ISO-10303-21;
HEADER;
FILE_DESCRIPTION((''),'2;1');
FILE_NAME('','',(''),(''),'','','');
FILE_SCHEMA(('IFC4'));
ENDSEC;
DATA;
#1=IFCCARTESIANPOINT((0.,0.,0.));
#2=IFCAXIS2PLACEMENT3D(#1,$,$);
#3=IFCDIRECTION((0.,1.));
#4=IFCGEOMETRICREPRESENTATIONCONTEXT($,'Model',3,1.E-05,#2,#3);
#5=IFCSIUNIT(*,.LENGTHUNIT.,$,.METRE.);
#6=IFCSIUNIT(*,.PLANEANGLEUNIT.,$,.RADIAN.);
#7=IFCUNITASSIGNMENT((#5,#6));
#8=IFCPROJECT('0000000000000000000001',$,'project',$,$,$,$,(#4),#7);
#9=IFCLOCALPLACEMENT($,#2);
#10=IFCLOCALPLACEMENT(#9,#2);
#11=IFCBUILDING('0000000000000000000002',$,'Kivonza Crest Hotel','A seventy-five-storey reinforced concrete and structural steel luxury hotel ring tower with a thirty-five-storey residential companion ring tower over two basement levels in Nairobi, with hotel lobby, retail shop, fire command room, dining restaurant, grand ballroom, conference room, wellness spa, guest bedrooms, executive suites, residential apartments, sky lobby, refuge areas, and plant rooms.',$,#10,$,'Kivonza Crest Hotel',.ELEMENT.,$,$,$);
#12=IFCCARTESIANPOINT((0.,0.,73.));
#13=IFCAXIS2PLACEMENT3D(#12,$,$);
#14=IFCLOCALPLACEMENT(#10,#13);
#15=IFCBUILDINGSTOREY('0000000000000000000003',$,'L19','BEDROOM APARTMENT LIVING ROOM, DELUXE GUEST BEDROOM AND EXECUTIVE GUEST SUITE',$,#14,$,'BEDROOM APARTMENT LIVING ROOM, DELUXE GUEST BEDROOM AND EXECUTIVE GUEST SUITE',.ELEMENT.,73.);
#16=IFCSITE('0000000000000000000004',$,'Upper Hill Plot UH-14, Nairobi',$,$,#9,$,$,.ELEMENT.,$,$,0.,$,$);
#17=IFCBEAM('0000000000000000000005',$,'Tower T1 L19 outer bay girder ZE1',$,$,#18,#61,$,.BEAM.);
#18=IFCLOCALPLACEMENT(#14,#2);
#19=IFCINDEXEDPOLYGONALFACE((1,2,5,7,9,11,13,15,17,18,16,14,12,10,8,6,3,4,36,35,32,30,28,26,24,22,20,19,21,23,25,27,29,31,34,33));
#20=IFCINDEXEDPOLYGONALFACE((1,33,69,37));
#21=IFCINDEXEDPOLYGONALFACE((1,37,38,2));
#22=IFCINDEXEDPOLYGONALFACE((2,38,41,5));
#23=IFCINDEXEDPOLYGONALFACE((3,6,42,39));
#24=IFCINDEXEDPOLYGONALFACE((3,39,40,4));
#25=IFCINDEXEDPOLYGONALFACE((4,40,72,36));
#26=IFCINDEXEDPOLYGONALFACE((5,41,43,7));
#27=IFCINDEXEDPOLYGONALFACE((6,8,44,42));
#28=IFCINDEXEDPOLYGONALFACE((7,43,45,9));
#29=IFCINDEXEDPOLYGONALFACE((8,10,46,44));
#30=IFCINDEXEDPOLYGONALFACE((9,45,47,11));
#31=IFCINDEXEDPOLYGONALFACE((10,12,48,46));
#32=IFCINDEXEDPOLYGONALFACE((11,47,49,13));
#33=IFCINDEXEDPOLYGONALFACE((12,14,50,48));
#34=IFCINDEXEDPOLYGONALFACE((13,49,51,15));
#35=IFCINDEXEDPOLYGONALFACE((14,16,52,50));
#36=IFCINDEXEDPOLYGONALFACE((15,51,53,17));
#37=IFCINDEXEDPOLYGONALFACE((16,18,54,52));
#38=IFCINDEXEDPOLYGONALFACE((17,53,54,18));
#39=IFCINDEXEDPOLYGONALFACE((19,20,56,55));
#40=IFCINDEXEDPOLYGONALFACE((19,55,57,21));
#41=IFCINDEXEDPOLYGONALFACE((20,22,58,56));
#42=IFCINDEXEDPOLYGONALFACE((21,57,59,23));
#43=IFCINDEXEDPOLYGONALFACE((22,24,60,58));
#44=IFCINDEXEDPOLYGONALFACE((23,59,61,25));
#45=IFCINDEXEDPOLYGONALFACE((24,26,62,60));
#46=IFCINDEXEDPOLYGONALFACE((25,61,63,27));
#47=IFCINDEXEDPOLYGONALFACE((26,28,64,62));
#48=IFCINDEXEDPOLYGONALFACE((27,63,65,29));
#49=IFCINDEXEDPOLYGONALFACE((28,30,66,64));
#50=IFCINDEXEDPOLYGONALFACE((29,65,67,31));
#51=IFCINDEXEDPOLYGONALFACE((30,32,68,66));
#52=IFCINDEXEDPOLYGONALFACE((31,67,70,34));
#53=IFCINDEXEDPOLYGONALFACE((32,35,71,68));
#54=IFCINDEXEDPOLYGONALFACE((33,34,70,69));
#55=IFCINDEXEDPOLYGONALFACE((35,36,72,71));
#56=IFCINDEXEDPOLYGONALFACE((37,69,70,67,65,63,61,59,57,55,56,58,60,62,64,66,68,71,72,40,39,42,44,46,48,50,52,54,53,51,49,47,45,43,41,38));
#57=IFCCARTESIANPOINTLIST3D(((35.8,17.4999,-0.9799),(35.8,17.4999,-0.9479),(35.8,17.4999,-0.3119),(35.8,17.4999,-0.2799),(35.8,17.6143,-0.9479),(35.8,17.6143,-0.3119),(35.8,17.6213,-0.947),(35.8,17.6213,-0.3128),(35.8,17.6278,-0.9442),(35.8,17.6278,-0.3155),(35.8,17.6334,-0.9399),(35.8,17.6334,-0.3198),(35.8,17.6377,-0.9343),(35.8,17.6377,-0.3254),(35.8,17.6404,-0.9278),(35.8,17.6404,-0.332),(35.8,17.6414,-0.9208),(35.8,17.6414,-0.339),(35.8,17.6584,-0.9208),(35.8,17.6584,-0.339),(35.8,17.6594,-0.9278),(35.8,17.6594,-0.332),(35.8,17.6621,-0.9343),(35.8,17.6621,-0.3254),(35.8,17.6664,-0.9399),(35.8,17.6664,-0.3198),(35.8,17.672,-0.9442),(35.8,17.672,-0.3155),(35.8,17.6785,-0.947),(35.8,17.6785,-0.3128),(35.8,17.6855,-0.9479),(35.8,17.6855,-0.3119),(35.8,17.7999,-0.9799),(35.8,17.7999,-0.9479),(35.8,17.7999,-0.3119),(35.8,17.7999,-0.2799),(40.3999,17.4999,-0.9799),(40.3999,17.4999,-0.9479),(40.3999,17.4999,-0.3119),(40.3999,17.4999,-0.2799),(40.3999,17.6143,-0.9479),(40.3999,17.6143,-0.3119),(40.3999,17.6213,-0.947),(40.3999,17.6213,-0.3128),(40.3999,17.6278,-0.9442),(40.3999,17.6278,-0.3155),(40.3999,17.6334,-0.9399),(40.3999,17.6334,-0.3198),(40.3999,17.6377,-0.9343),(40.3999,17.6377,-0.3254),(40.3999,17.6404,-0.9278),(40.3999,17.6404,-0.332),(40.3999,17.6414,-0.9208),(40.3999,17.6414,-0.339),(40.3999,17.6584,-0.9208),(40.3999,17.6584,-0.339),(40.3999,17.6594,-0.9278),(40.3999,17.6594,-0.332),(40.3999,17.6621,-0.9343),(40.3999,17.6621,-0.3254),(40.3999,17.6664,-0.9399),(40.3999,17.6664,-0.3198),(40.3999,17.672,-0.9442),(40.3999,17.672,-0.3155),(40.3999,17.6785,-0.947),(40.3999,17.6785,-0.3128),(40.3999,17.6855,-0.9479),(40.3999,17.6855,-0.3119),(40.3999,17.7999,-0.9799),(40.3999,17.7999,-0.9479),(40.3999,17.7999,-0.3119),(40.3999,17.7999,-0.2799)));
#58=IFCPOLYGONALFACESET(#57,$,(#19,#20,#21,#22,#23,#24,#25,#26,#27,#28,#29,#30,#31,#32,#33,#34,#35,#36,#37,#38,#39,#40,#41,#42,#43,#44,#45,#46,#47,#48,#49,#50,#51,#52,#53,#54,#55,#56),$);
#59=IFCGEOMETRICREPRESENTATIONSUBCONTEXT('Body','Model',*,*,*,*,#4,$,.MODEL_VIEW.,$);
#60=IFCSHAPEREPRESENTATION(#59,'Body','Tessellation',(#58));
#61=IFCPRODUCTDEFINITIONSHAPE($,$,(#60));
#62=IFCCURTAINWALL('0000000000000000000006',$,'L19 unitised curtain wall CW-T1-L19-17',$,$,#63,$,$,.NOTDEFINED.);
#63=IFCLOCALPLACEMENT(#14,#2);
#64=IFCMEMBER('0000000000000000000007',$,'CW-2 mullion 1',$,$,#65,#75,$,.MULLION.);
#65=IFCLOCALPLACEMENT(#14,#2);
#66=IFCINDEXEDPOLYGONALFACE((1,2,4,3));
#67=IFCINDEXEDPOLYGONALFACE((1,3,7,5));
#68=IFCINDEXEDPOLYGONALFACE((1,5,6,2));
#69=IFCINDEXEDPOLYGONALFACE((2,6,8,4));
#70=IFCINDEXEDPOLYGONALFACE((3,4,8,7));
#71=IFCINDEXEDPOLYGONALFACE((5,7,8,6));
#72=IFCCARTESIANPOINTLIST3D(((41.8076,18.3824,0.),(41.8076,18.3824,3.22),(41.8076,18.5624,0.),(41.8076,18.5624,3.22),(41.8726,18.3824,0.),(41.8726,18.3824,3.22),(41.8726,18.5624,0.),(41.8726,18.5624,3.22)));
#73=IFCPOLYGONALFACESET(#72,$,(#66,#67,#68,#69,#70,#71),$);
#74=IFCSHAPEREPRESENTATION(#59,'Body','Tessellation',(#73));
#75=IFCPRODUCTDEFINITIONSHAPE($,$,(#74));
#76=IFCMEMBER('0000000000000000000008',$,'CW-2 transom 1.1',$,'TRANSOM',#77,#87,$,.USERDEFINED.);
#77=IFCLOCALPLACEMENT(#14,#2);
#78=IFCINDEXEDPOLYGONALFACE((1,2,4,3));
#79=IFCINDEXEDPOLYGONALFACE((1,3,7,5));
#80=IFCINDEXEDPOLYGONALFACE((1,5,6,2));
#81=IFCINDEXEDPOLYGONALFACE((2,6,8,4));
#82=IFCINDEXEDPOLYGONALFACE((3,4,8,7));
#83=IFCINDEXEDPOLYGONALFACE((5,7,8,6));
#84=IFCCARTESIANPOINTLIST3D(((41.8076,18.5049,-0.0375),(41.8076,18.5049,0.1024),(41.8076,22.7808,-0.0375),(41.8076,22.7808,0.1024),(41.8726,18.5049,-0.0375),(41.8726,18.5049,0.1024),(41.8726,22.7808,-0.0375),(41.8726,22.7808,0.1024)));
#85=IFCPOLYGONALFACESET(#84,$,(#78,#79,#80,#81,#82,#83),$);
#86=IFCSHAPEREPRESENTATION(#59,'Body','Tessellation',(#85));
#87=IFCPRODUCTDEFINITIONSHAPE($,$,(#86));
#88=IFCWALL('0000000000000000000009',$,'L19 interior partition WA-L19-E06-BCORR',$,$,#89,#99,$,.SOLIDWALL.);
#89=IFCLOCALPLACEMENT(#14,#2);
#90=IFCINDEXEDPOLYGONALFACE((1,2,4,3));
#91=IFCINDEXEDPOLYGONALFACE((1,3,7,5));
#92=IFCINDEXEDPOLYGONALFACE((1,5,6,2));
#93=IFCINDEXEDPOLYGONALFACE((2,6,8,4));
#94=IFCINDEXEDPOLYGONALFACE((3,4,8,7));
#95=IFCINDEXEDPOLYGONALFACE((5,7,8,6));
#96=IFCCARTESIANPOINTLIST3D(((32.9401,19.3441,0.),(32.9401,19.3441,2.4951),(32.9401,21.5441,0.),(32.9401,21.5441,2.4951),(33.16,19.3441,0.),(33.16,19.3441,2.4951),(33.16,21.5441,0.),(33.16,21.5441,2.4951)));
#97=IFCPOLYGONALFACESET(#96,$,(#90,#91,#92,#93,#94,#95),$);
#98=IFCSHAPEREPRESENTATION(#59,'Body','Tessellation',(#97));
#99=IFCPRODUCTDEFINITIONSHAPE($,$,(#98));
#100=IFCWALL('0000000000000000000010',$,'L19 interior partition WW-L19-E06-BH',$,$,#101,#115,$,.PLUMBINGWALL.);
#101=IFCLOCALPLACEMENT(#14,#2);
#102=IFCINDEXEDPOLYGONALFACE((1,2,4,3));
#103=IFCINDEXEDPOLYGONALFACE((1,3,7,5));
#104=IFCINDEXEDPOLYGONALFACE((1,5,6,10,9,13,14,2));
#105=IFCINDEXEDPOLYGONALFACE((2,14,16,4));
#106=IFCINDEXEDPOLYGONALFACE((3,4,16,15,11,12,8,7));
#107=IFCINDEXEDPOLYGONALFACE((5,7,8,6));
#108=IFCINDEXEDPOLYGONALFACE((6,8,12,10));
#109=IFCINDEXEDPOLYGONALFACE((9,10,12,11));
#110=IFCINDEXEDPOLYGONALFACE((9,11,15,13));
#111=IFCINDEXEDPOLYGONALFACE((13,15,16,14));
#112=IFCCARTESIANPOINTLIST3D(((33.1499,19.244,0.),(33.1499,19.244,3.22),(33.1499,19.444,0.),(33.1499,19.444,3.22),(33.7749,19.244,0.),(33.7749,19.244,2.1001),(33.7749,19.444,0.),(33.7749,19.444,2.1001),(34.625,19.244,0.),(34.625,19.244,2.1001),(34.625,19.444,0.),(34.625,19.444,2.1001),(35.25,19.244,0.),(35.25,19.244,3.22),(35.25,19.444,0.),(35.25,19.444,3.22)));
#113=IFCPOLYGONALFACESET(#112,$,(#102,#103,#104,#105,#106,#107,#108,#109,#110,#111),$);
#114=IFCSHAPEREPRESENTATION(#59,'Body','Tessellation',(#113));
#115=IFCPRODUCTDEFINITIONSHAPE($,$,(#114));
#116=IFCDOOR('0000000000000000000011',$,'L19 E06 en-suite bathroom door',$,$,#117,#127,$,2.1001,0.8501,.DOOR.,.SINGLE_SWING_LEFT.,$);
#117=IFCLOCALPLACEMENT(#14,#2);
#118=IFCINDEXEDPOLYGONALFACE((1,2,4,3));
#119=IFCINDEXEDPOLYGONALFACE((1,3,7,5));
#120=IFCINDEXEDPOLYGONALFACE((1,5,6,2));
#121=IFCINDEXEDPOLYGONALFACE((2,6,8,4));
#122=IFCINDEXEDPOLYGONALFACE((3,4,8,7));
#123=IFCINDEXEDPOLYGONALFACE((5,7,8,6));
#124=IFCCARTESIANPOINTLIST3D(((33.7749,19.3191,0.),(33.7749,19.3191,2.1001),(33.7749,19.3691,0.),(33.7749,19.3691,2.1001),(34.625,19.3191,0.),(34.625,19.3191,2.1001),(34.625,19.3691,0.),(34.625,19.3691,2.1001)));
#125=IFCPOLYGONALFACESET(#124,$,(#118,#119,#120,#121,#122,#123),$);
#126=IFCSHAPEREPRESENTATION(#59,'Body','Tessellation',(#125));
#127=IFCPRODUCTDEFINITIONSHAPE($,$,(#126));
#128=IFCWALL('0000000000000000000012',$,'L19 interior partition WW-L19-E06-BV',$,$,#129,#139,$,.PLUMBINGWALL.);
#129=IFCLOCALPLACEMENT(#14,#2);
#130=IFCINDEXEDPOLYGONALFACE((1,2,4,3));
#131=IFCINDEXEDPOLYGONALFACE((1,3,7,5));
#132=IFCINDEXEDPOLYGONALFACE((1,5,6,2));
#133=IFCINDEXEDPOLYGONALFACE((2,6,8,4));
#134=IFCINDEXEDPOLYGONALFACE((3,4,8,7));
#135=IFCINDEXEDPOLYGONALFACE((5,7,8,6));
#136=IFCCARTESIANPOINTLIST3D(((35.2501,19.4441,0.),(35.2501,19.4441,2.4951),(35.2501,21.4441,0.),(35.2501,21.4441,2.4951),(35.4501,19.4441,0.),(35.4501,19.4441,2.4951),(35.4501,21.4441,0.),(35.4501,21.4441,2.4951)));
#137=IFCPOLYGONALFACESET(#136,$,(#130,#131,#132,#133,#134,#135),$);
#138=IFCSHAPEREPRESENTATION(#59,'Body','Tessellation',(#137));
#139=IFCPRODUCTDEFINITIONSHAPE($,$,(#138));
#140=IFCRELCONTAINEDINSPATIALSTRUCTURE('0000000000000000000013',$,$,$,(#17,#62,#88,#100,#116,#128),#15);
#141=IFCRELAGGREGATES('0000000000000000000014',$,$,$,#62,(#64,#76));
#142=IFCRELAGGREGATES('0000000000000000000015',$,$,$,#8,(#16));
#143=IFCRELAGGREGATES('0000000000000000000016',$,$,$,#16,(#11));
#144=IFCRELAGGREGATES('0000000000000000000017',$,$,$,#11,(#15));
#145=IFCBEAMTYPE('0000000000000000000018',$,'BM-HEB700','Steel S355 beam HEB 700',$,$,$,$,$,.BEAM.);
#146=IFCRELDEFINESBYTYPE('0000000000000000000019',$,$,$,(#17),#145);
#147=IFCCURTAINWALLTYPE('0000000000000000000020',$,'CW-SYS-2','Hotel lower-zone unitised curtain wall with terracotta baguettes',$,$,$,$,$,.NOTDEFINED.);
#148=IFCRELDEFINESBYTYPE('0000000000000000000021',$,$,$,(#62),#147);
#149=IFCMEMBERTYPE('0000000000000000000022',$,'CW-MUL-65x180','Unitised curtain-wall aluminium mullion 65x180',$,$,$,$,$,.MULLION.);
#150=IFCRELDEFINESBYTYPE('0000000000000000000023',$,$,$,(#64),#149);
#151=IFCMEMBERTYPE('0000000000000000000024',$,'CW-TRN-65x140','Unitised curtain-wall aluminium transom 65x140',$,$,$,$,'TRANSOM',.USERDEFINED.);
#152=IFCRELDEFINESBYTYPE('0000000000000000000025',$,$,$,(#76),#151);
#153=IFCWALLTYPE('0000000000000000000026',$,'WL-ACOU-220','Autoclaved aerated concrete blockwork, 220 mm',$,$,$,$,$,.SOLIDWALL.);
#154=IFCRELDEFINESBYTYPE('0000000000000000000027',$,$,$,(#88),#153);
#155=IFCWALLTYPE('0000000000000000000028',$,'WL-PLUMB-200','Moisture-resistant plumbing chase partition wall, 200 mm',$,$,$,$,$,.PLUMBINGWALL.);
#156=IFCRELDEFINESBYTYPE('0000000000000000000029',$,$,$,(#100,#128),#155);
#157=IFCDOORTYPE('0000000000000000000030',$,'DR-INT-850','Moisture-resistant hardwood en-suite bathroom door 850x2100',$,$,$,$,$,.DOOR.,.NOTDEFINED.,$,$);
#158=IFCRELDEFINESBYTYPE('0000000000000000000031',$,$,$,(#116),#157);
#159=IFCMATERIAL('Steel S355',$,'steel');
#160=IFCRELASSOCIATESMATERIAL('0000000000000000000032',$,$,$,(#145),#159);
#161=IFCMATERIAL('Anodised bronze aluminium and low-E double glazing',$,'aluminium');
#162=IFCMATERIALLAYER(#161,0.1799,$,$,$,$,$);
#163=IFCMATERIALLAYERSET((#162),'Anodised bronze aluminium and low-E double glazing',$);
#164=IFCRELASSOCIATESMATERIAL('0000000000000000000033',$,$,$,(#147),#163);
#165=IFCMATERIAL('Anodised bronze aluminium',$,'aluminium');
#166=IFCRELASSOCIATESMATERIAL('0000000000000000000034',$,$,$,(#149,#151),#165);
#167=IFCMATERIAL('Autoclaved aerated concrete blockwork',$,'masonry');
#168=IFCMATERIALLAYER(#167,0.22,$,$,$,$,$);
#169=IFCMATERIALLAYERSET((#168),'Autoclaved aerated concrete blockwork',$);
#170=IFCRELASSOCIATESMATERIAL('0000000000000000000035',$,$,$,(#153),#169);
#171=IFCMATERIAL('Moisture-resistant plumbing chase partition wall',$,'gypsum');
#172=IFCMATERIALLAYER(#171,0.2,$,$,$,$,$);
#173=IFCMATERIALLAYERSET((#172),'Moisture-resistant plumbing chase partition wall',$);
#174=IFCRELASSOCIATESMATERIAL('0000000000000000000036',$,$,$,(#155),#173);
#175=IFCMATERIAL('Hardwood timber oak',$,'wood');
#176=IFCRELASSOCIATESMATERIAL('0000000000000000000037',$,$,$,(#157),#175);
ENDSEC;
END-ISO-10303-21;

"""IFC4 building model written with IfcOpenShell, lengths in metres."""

from ifc_helpers import new_model, si_unit, direction, frame, frame_2d, origin, origin_2d, place, context, subcontext, project, spatial, rectangle, i_section, extrude, material, layer, layer_set, material_profile, profile_set, type_object, element, fill, aggregate, save


model = new_model("IFC4")

# Units and contexts
model_context = context("Model", 3, precision=1e-05, world=origin(), true_north=direction((0.0, 1.0)))
body_context = subcontext(model_context, "Body", "Model", "MODEL_VIEW")
ifc_project = project(units=[si_unit("LENGTHUNIT", "METRE"), si_unit("PLANEANGLEUNIT", "RADIAN")], contexts=[model_context])

# Site, building, storey
site_placement = place(None, origin())
site = spatial("IfcSite", under=ifc_project, at=site_placement, Name="Upper Hill Plot UH-14, Nairobi", CompositionType="ELEMENT", RefElevation=0.0)
building_placement = place(site_placement, origin())
building = spatial("IfcBuilding", under=site, at=building_placement, Name="Kivonza Crest Hotel", Description="A seventy-five-storey reinforced concrete and structural steel luxury hotel ring tower with a thirty-five-storey residential companion ring tower over two basement levels in Nairobi, with hotel lobby, retail shop, fire command room, dining restaurant, grand ballroom, conference room, wellness spa, guest bedrooms, executive suites, residential apartments, sky lobby, refuge areas, and plant rooms.", LongName="Kivonza Crest Hotel", CompositionType="ELEMENT")
storey_placement = place(building_placement, frame((0.0, 0.0, 73.0)))
storey = spatial("IfcBuildingStorey", under=building, at=storey_placement, Name="L19", Description="BEDROOM APARTMENT LIVING ROOM, DELUXE GUEST BEDROOM AND EXECUTIVE GUEST SUITE", LongName="BEDROOM APARTMENT LIVING ROOM, DELUXE GUEST BEDROOM AND EXECUTIVE GUEST SUITE", CompositionType="ELEMENT", Elevation=73.0)

# Beam
ifc_material_1 = material(Name="Steel S355", Category="steel")
ifc_material_profile_1 = material_profile(ifc_material_1, i_section(OverallWidth=0.3, OverallDepth=0.7, WebThickness=0.0171, FlangeThickness=0.032, FilletRadius=0.0271, at=origin_2d()), Name="HEB 700")
ifc_profile_set_1 = profile_set([ifc_material_profile_1], Name="Steel S355")
beam_type_1 = type_object("IfcBeamType", Name="BM-HEB700", Description="Steel S355 beam HEB 700", PredefinedType="BEAM", material=ifc_profile_set_1)
beam_1_placement = place(storey_placement, frame((40.3999, 17.6499, -0.6299), z_axis=(-1.0, 0.0, 0.0), x_axis=(0.0, -1.0, 0.0)))
element("IfcBeam", 1, at=beam_1_placement, inside=storey, type_object=beam_type_1, Name="Tower T1 L19 outer bay girder ZE1", PredefinedType="BEAM", context=body_context, shape_type="SweptSolid", body=[
    extrude(i_section(OverallWidth=0.3, OverallDepth=0.7, WebThickness=0.0171, FlangeThickness=0.032, FilletRadius=0.0271, at=origin_2d()), origin(), (0.0, 0.0, 1.0), 4.5999),
])

# Curtain wall, members
ifc_material_2 = material(Name="Anodised bronze aluminium and low-E double glazing", Category="aluminium")
ifc_layer_1 = layer(ifc_material_2, 0.1799)
ifc_layer_set_1 = layer_set([ifc_layer_1], Name="Anodised bronze aluminium and low-E double glazing")
curtain_wall_type = type_object("IfcCurtainWallType", Name="CW-SYS-2", Description="Hotel lower-zone unitised curtain wall with terracotta baguettes", PredefinedType="NOTDEFINED", material=ifc_layer_set_1)
curtain_wall_placement = place(storey_placement, origin())
curtain_wall = element("IfcCurtainWall", 2, at=curtain_wall_placement, inside=storey, type_object=curtain_wall_type, Name="L19 unitised curtain wall CW-T1-L19-17", PredefinedType="NOTDEFINED")
ifc_material_3 = material(Name="Anodised bronze aluminium", Category="aluminium")
ifc_material_profile_2 = material_profile(ifc_material_3, rectangle(XDim=0.0649, YDim=0.1799, at=origin_2d()), Name="CW-M 65x180")
ifc_profile_set_2 = profile_set([ifc_material_profile_2], Name="Anodised bronze aluminium")
member_type_1 = type_object("IfcMemberType", Name="CW-MUL-65x180", Description="Unitised curtain-wall aluminium mullion 65x180", PredefinedType="MULLION", material=ifc_profile_set_2)
member_1_placement = place(storey_placement, frame((41.8401, 18.4724, 0.0), z_axis=(0.0, 0.0, 1.0), x_axis=(-1.0, 0.0, 0.0)))
member_1 = element("IfcMember", 3, at=member_1_placement, type_object=member_type_1, Name="CW-2 mullion 1", PredefinedType="MULLION", context=body_context, shape_type="SweptSolid", body=[
    extrude(rectangle(XDim=0.0649, YDim=0.1799, at=origin_2d()), origin(), (0.0, 0.0, 1.0), 3.22),
])
ifc_material_profile_3 = material_profile(ifc_material_3, rectangle(XDim=0.0649, YDim=0.1399, at=origin_2d()), Name="CW-T 65x140")
ifc_profile_set_3 = profile_set([ifc_material_profile_3], Name="Anodised bronze aluminium")
member_type_2 = type_object("IfcMemberType", Name="CW-TRN-65x140", Description="Unitised curtain-wall aluminium transom 65x140", ElementType="TRANSOM", PredefinedType="USERDEFINED", material=ifc_profile_set_3)
member_2_placement = place(storey_placement, frame((41.8401, 18.5049, 0.0325), z_axis=(0.0, 1.0, 0.0), x_axis=(-1.0, 0.0, 0.0)))
member_2 = element("IfcMember", 4, at=member_2_placement, type_object=member_type_2, Name="CW-2 transom 1.1", ObjectType="TRANSOM", PredefinedType="USERDEFINED", context=body_context, shape_type="SweptSolid", body=[
    extrude(rectangle(XDim=0.0649, YDim=0.1399, at=origin_2d()), origin(), (0.0, 0.0, 1.0), 4.2759),
])
aggregate(curtain_wall, [member_1, member_2])

# Wall
ifc_material_4 = material(Name="Autoclaved aerated concrete blockwork", Category="masonry")
ifc_layer_2 = layer(ifc_material_4, 0.22)
ifc_layer_set_2 = layer_set([ifc_layer_2], Name="Autoclaved aerated concrete blockwork")
wall_type_1 = type_object("IfcWallType", Name="WL-ACOU-220", Description="Autoclaved aerated concrete blockwork, 220 mm", PredefinedType="SOLIDWALL", material=ifc_layer_set_2)
wall_1_placement = place(storey_placement, frame((33.05, 19.344, 0.0), z_axis=(0.0, 0.0, 1.0), x_axis=(0.0, 1.0, 0.0)))
element("IfcWall", 5, at=wall_1_placement, inside=storey, type_object=wall_type_1, Name="L19 interior partition WA-L19-E06-BCORR", PredefinedType="SOLIDWALL", context=body_context, shape_type="SweptSolid", body=[
    extrude(rectangle(XDim=2.2, YDim=0.22, at=frame_2d((1.1001, 0.0))), origin(), (0.0, 0.0, 1.0), 2.4951),
])

# Wall, opening, door
ifc_material_5 = material(Name="Moisture-resistant plumbing chase partition wall", Category="gypsum")
ifc_layer_3 = layer(ifc_material_5, 0.2)
ifc_layer_set_3 = layer_set([ifc_layer_3], Name="Moisture-resistant plumbing chase partition wall")
wall_type_2 = type_object("IfcWallType", Name="WL-PLUMB-200", Description="Moisture-resistant plumbing chase partition wall, 200 mm", PredefinedType="PLUMBINGWALL", material=ifc_layer_set_3)
wall_2_placement = place(storey_placement, frame((33.1499, 19.344, 0.0), z_axis=(0.0, 0.0, 1.0), x_axis=(1.0, 0.0, 0.0)))
wall_2 = element("IfcWall", 6, at=wall_2_placement, inside=storey, type_object=wall_type_2, Name="L19 interior partition WW-L19-E06-BH", PredefinedType="PLUMBINGWALL", context=body_context, shape_type="SweptSolid", body=[
    extrude(rectangle(XDim=2.1001, YDim=0.2, at=frame_2d((1.05, 0.0))), origin(), (0.0, 0.0, 1.0), 3.22),
])
opening_placement = place(wall_2_placement, frame((0.625, 0.0, 0.0)))
opening = element("IfcOpeningElement", 7, at=opening_placement, cuts=wall_2, PredefinedType="OPENING", context=body_context, shape_type="SweptSolid", body=[
    extrude(rectangle(XDim=0.8501, YDim=2.1001, at=frame_2d((0.425, 1.05))), frame((0.0, 0.1099, 0.0), z_axis=(0.0, -1.0, 0.0), x_axis=(1.0, 0.0, 0.0)), (0.0, 0.0, 1.0), 0.22),
])
ifc_material_6 = material(Name="Hardwood timber oak", Category="wood")
door_type = type_object("IfcDoorType", Name="DR-INT-850", Description="Moisture-resistant hardwood en-suite bathroom door 850x2100", OperationType="NOTDEFINED", PredefinedType="DOOR", material=ifc_material_6)
door_placement = place(opening_placement, frame((0.8501, 0.0, 0.0), z_axis=(0.0, 0.0, 1.0), x_axis=(-1.0, 0.0, 0.0)))
door = element("IfcDoor", 8, at=door_placement, inside=storey, type_object=door_type, Name="L19 E06 en-suite bathroom door", OperationType="SINGLE_SWING_LEFT", OverallHeight=2.1001, OverallWidth=0.8501, PredefinedType="DOOR", context=body_context, shape_type="SweptSolid", body=[
    extrude(rectangle(XDim=0.8501, YDim=2.1001, at=frame_2d((0.425, 1.05))), frame((0.0, 0.0249, 0.0), z_axis=(0.0, -1.0, 0.0), x_axis=(1.0, 0.0, 0.0)), (0.0, 0.0, 1.0), 0.05),
])
fill(opening, door)

# Wall
wall_3_placement = place(storey_placement, frame((35.3501, 19.4441, 0.0), z_axis=(0.0, 0.0, 1.0), x_axis=(0.0, 1.0, 0.0)))
element("IfcWall", 9, at=wall_3_placement, inside=storey, type_object=wall_type_2, Name="L19 interior partition WW-L19-E06-BV", PredefinedType="PLUMBINGWALL", context=body_context, shape_type="SweptSolid", body=[
    extrude(rectangle(XDim=2.0, YDim=0.2, at=frame_2d((1.0, 0.0))), origin(), (0.0, 0.0, 1.0), 2.4951),
])

save(model, "model.ifc")
